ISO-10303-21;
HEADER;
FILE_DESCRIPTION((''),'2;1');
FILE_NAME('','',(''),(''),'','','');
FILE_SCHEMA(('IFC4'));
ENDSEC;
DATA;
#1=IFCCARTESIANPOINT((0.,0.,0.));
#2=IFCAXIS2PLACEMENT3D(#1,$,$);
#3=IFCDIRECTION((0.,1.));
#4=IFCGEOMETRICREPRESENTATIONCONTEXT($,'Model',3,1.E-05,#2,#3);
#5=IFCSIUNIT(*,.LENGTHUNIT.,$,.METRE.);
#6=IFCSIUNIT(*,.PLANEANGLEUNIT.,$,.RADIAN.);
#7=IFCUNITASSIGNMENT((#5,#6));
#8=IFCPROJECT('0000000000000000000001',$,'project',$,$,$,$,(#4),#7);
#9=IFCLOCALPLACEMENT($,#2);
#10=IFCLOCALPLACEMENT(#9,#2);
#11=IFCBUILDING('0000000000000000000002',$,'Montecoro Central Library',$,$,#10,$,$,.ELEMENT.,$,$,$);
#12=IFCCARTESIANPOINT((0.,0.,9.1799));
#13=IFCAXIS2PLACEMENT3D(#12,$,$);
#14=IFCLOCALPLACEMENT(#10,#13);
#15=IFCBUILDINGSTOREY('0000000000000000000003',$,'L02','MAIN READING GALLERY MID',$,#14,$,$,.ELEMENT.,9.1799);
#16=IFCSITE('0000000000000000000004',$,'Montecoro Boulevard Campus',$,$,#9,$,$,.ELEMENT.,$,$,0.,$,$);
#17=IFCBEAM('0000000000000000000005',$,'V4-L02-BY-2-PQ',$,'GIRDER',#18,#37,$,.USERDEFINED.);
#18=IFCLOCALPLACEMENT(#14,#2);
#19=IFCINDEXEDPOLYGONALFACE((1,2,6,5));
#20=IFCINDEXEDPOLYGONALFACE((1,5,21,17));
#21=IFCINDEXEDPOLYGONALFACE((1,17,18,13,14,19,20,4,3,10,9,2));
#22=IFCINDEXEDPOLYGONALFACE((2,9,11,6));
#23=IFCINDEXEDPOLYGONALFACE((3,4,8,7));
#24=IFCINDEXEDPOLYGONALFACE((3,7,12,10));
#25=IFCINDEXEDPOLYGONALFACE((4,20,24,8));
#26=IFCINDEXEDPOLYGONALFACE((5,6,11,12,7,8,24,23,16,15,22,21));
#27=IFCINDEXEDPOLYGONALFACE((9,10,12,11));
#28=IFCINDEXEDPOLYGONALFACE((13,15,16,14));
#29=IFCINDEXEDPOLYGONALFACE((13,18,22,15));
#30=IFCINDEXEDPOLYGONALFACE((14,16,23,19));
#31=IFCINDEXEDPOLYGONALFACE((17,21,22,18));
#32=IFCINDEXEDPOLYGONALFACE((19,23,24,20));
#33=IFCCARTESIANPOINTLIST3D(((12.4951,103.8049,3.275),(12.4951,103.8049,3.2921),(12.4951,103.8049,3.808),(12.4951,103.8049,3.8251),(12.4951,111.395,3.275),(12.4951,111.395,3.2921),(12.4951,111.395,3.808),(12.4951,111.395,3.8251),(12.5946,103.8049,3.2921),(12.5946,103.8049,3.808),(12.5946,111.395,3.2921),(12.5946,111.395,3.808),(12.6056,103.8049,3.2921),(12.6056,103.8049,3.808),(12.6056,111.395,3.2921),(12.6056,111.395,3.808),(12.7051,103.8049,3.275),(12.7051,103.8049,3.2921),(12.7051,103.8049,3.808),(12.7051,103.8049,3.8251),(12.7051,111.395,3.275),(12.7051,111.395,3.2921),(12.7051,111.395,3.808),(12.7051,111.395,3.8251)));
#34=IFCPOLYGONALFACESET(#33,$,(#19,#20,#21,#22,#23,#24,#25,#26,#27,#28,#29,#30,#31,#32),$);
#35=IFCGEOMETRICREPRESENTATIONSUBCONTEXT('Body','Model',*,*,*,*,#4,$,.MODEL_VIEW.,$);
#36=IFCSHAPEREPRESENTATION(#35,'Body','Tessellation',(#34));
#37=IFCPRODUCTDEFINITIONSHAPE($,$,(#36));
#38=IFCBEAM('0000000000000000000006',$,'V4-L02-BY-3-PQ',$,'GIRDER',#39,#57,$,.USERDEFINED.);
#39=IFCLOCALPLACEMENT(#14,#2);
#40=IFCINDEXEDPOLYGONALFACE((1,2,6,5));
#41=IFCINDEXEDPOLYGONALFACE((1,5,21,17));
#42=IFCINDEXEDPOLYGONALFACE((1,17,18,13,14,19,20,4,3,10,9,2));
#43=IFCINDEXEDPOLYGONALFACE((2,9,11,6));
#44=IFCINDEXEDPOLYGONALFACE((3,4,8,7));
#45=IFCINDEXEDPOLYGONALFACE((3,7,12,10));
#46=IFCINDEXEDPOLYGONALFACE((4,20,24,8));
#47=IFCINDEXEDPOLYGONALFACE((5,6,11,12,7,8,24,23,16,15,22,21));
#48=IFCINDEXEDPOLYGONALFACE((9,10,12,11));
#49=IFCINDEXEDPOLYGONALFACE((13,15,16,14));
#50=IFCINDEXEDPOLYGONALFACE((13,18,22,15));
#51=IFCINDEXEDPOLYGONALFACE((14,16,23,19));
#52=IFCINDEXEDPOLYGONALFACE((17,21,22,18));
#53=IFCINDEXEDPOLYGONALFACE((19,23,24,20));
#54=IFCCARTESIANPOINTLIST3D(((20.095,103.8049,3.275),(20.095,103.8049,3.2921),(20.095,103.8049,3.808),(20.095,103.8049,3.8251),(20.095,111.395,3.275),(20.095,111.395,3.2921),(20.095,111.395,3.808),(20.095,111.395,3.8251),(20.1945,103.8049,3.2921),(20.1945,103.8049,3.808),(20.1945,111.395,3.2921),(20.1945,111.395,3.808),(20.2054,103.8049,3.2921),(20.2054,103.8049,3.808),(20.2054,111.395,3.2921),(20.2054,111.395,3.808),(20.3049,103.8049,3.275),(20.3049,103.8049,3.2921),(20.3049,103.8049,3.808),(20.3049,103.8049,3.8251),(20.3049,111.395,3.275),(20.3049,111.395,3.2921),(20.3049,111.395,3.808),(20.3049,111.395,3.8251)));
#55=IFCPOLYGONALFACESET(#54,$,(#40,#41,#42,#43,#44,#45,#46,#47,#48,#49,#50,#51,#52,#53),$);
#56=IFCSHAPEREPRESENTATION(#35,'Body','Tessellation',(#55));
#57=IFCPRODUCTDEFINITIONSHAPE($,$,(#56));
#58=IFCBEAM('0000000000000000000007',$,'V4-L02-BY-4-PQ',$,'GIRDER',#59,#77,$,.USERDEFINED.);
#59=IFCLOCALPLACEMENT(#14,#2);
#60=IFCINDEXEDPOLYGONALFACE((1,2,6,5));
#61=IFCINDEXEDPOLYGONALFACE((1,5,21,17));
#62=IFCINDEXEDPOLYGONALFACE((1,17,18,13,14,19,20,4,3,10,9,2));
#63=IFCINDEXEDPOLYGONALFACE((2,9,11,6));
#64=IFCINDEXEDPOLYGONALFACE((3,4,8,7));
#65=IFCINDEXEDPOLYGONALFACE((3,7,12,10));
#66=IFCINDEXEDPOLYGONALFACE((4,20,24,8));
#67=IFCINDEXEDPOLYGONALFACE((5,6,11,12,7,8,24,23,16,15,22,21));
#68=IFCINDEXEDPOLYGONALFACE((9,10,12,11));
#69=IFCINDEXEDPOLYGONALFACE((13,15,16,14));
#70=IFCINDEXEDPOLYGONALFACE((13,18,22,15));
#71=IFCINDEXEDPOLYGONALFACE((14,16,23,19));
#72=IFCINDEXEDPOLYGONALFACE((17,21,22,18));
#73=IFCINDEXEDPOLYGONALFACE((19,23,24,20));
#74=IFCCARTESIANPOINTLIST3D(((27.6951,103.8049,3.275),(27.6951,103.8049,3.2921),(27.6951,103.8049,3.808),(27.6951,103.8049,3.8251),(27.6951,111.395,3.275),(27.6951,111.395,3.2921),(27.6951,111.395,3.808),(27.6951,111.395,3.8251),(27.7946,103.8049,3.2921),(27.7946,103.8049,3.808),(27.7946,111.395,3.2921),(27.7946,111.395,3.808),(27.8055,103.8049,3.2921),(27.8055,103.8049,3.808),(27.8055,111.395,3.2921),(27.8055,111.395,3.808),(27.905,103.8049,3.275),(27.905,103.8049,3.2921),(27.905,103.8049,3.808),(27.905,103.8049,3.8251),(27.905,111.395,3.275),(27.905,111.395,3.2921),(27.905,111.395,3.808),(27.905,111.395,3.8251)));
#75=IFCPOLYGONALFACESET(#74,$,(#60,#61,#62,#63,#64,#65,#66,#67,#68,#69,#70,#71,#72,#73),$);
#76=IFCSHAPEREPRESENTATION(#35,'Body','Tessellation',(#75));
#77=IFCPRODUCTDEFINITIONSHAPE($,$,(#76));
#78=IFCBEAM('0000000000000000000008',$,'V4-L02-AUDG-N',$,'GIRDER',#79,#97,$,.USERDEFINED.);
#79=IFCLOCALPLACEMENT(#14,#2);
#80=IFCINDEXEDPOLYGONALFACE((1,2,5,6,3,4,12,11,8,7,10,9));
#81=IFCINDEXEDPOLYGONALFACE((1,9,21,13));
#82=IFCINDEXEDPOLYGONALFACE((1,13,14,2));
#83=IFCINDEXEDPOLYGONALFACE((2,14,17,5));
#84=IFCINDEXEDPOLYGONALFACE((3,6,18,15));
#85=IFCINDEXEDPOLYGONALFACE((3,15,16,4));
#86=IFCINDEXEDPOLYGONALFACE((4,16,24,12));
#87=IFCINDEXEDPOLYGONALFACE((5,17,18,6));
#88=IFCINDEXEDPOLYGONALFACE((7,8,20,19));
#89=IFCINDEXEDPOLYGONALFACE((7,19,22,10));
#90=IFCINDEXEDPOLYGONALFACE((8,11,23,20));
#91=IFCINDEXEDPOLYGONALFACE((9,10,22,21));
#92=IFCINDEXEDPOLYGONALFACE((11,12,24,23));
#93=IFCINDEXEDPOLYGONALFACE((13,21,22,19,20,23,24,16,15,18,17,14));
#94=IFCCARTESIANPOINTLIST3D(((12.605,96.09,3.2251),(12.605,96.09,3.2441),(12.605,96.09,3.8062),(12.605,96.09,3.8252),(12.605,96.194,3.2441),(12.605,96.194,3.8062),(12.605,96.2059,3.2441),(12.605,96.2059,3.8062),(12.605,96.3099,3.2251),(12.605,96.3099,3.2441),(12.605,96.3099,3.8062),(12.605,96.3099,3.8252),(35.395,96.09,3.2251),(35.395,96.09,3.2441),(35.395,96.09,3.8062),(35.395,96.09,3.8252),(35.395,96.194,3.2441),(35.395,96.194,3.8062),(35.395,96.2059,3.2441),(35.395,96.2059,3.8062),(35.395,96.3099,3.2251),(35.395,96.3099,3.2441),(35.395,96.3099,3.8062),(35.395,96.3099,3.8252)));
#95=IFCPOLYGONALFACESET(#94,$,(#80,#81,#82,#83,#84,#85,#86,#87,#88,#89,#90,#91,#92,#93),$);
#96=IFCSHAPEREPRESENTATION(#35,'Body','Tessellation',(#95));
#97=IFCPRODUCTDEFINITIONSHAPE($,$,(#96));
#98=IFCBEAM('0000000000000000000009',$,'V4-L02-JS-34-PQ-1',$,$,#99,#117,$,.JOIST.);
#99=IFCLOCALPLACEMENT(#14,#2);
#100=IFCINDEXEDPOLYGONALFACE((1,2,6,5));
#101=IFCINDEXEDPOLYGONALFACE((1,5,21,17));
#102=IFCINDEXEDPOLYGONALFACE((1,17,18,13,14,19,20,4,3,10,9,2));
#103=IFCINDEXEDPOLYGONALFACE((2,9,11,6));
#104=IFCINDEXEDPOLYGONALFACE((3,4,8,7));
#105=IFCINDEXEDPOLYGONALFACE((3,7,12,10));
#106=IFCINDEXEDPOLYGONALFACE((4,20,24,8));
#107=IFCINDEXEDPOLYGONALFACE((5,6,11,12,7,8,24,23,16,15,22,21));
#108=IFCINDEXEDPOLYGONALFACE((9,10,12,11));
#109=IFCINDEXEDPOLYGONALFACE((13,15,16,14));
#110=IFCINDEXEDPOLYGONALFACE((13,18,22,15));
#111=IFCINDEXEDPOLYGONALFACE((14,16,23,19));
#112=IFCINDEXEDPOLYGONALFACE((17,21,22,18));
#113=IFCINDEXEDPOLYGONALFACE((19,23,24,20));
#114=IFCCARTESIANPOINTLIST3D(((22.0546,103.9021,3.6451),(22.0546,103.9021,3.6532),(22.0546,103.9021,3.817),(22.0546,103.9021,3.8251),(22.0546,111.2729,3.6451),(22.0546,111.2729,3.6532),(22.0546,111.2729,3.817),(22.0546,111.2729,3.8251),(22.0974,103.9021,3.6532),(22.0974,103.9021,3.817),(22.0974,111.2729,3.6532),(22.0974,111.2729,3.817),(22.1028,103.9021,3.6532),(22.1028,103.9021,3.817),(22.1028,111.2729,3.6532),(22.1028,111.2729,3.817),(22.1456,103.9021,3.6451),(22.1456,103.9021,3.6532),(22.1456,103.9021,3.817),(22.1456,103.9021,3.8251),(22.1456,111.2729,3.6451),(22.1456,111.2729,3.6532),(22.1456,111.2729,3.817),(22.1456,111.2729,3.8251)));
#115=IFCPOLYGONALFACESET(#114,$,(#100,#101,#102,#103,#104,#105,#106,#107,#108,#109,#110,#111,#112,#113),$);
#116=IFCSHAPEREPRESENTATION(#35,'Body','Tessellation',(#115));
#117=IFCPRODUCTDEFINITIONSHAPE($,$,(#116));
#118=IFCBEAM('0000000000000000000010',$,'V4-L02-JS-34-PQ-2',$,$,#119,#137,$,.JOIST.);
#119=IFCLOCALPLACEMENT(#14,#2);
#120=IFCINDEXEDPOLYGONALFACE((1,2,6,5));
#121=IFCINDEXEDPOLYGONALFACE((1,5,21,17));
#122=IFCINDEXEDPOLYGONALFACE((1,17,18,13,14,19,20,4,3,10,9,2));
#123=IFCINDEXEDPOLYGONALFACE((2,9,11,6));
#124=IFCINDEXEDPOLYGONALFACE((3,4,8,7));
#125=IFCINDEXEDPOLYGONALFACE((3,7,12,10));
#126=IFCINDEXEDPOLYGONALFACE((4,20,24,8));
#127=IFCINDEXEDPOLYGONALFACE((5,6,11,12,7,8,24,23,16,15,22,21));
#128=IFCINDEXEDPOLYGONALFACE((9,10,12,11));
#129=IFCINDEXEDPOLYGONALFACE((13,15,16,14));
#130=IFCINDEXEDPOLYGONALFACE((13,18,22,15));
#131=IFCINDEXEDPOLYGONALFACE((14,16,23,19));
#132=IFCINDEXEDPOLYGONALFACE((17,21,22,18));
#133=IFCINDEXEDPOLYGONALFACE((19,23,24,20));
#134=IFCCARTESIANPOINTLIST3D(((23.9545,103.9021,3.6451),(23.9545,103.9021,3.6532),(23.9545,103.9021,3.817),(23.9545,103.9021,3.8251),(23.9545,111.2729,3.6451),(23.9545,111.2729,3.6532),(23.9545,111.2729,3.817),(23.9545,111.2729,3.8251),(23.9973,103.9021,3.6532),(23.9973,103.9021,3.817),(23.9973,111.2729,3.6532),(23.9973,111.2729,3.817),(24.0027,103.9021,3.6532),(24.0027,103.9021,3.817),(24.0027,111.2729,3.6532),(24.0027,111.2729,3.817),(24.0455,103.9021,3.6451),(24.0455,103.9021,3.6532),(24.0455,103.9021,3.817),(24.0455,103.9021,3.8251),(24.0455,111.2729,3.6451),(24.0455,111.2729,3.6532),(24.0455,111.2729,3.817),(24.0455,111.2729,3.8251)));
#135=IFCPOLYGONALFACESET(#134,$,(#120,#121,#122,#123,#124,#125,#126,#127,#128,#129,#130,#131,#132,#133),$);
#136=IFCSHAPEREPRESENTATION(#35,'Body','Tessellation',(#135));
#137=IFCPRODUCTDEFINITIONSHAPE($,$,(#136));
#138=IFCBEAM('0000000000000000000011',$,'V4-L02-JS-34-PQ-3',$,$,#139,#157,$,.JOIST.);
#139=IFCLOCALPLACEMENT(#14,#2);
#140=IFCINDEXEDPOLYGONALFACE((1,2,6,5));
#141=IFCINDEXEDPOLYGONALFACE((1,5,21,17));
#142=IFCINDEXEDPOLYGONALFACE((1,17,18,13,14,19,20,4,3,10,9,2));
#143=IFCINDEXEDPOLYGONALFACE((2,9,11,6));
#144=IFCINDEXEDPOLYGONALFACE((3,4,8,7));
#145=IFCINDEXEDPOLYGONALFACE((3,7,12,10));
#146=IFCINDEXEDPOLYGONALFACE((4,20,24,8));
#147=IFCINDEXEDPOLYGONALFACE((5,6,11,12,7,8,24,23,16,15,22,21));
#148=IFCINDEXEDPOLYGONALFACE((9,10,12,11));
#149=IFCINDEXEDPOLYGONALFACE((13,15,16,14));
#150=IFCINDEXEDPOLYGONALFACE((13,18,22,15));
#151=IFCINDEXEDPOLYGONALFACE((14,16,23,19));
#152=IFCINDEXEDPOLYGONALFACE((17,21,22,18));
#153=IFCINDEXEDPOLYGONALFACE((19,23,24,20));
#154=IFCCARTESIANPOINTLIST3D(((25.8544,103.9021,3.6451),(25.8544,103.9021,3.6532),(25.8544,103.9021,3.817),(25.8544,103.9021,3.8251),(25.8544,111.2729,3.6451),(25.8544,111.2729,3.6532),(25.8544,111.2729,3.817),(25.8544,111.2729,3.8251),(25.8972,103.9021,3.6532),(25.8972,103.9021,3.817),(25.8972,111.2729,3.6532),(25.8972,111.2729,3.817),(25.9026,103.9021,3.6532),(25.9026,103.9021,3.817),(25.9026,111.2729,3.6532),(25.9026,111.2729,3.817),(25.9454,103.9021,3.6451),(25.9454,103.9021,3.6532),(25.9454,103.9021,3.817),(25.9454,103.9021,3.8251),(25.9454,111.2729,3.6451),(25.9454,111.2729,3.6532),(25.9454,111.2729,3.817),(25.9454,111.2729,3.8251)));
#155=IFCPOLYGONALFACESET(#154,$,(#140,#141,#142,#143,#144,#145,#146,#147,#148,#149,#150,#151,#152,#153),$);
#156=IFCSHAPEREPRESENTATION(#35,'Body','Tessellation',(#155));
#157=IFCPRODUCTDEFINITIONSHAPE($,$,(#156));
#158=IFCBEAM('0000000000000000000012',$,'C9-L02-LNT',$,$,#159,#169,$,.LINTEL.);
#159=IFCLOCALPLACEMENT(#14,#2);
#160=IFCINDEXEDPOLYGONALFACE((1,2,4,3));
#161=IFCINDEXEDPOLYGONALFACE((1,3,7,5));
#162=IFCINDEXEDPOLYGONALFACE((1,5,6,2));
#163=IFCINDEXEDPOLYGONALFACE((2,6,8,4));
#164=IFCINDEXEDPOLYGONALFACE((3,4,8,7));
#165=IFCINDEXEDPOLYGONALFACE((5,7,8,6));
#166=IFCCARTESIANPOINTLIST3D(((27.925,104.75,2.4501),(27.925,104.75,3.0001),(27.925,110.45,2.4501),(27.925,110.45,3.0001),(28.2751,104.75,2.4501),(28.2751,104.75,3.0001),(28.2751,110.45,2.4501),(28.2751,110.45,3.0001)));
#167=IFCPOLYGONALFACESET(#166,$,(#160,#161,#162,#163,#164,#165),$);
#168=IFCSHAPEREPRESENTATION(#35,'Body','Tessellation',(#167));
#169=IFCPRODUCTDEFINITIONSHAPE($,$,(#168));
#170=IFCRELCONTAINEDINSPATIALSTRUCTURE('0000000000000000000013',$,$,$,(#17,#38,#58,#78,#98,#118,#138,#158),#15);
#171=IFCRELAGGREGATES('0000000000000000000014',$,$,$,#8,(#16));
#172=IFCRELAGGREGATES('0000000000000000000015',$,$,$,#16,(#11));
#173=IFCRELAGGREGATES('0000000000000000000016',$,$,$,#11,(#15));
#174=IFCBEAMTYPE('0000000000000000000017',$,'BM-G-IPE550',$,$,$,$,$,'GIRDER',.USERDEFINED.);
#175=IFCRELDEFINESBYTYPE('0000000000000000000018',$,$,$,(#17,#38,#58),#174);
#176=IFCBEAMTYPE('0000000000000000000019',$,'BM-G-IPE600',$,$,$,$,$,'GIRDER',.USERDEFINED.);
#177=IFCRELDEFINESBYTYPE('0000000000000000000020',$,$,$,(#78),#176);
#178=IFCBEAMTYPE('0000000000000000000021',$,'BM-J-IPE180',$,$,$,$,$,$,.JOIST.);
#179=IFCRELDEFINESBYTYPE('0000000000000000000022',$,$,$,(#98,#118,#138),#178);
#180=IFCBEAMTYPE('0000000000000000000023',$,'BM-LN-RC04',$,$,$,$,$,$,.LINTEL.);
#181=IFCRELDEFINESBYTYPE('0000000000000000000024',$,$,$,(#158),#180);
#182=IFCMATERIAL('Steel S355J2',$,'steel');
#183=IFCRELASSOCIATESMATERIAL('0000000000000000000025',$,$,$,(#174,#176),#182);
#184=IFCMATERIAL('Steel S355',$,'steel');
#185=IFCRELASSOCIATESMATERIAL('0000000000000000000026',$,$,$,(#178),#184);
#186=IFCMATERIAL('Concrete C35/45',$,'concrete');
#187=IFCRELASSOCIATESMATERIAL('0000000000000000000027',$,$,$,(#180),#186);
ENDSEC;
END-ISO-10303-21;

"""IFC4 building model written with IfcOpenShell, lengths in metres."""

from ifc_helpers import new_model, si_unit, direction, frame, origin, origin_2d, place, context, subcontext, project, spatial, rectangle, i_section, extrude, material, material_profile, profile_set, type_object, element, save


model = new_model("IFC4")

# Units and contexts
model_context = context("Model", 3, precision=1e-05, world=origin(), true_north=direction((0.0, 1.0)))
body_context = subcontext(model_context, "Body", "Model", "MODEL_VIEW")
ifc_project = project(units=[si_unit("LENGTHUNIT", "METRE"), si_unit("PLANEANGLEUNIT", "RADIAN")], contexts=[model_context])

# Site, building, storey
site_placement = place(None, origin())
site = spatial("IfcSite", under=ifc_project, at=site_placement, Name="Montecoro Boulevard Campus", CompositionType="ELEMENT", RefElevation=0.0)
building_placement = place(site_placement, origin())
building = spatial("IfcBuilding", under=site, at=building_placement, Name="Montecoro Central Library", CompositionType="ELEMENT")
storey_placement = place(building_placement, frame((0.0, 0.0, 9.1799)))
storey = spatial("IfcBuildingStorey", under=building, at=storey_placement, Name="L02", Description="MAIN READING GALLERY MID", CompositionType="ELEMENT", Elevation=9.1799)

# Shared definitions
ifc_material_1 = material(Name="Steel S355", Category="steel")

# Beams
ifc_material_2 = material(Name="Steel S355J2", Category="steel")
ifc_material_profile_1 = material_profile(ifc_material_2, i_section(OverallWidth=0.21, OverallDepth=0.55, WebThickness=0.011, FlangeThickness=0.0171, at=origin_2d()), Name="IPE 550")
ifc_profile_set_1 = profile_set([ifc_material_profile_1], Name="Steel S355J2")
beam_type_1 = type_object("IfcBeamType", Name="BM-G-IPE550", ElementType="GIRDER", PredefinedType="USERDEFINED", material=ifc_profile_set_1)
for number, where, z_axis, x_axis, name in (
    (1, (12.6001, 103.8049, 3.55), (0.0, 1.0, 0.0), (-1.0, 0.0, 0.0), "V4-L02-BY-2-PQ"),
    (2, (20.2, 103.8049, 3.55), (0.0, 1.0, 0.0), (-1.0, 0.0, 0.0), "V4-L02-BY-3-PQ"),
    (3, (27.8, 103.8049, 3.55), (0.0, 1.0, 0.0), (-1.0, 0.0, 0.0), "V4-L02-BY-4-PQ"),
):
    element("IfcBeam", number, at=place(storey_placement, frame(where, z_axis=z_axis, x_axis=x_axis)), inside=storey, type_object=beam_type_1, Name=name, ObjectType="GIRDER", PredefinedType="USERDEFINED", context=body_context, shape_type="SweptSolid", body=[
        extrude(i_section(OverallWidth=0.21, OverallDepth=0.55, WebThickness=0.011, FlangeThickness=0.0171, at=origin_2d()), origin(), (0.0, 0.0, 1.0), 7.5901),
    ])
ifc_material_profile_2 = material_profile(ifc_material_2, i_section(OverallWidth=0.22, OverallDepth=0.6001, WebThickness=0.012, FlangeThickness=0.019, at=origin_2d()), Name="IPE 600")
ifc_profile_set_2 = profile_set([ifc_material_profile_2], Name="Steel S355J2")
beam_type_2 = type_object("IfcBeamType", Name="BM-G-IPE600", ElementType="GIRDER", PredefinedType="USERDEFINED", material=ifc_profile_set_2)
beam_1_placement = place(storey_placement, frame((12.605, 96.2, 3.5251), z_axis=(1.0, 0.0, 0.0), x_axis=(0.0, 1.0, 0.0)))
element("IfcBeam", 4, at=beam_1_placement, inside=storey, type_object=beam_type_2, Name="V4-L02-AUDG-N", ObjectType="GIRDER", PredefinedType="USERDEFINED", context=body_context, shape_type="SweptSolid", body=[
    extrude(i_section(OverallWidth=0.22, OverallDepth=0.6001, WebThickness=0.012, FlangeThickness=0.019, at=origin_2d()), origin(), (0.0, 0.0, 1.0), 22.79),
])
ifc_material_profile_3 = material_profile(ifc_material_1, i_section(OverallWidth=0.0911, OverallDepth=0.1799, WebThickness=0.0054, FlangeThickness=0.0081, at=origin_2d()), Name="IPE 180")
ifc_profile_set_3 = profile_set([ifc_material_profile_3], Name="Steel S355")
beam_type_3 = type_object("IfcBeamType", Name="BM-J-IPE180", PredefinedType="JOIST", material=ifc_profile_set_3)
for number, where, z_axis, x_axis, name in (
    (5, (22.1001, 103.9021, 3.7351), (0.0, 1.0, 0.0), (-1.0, 0.0, 0.0), "V4-L02-JS-34-PQ-1"),
    (6, (24.0, 103.9021, 3.7351), (0.0, 1.0, 0.0), (-1.0, 0.0, 0.0), "V4-L02-JS-34-PQ-2"),
    (7, (25.8999, 103.9021, 3.7351), (0.0, 1.0, 0.0), (-1.0, 0.0, 0.0), "V4-L02-JS-34-PQ-3"),
):
    element("IfcBeam", number, at=place(storey_placement, frame(where, z_axis=z_axis, x_axis=x_axis)), inside=storey, type_object=beam_type_3, Name=name, PredefinedType="JOIST", context=body_context, shape_type="SweptSolid", body=[
        extrude(i_section(OverallWidth=0.0911, OverallDepth=0.1799, WebThickness=0.0054, FlangeThickness=0.0081, at=origin_2d()), origin(), (0.0, 0.0, 1.0), 7.3708),
    ])
ifc_material_3 = material(Name="Concrete C35/45", Category="concrete")
ifc_material_profile_4 = material_profile(ifc_material_3, rectangle(XDim=0.3501, YDim=0.55, at=origin_2d()), Name="RC LNT 550x350")
ifc_profile_set_4 = profile_set([ifc_material_profile_4], Name="Concrete C35/45")
beam_type_4 = type_object("IfcBeamType", Name="BM-LN-RC04", PredefinedType="LINTEL", material=ifc_profile_set_4)
beam_2_placement = place(storey_placement, frame((28.1001, 104.75, 2.7251), z_axis=(0.0, 1.0, 0.0), x_axis=(-1.0, 0.0, 0.0)))
element("IfcBeam", 8, at=beam_2_placement, inside=storey, type_object=beam_type_4, Name="C9-L02-LNT", PredefinedType="LINTEL", context=body_context, shape_type="SweptSolid", body=[
    extrude(rectangle(XDim=0.3501, YDim=0.55, at=origin_2d()), origin(), (0.0, 0.0, 1.0), 5.7),
])

save(model, "model.ifc")
